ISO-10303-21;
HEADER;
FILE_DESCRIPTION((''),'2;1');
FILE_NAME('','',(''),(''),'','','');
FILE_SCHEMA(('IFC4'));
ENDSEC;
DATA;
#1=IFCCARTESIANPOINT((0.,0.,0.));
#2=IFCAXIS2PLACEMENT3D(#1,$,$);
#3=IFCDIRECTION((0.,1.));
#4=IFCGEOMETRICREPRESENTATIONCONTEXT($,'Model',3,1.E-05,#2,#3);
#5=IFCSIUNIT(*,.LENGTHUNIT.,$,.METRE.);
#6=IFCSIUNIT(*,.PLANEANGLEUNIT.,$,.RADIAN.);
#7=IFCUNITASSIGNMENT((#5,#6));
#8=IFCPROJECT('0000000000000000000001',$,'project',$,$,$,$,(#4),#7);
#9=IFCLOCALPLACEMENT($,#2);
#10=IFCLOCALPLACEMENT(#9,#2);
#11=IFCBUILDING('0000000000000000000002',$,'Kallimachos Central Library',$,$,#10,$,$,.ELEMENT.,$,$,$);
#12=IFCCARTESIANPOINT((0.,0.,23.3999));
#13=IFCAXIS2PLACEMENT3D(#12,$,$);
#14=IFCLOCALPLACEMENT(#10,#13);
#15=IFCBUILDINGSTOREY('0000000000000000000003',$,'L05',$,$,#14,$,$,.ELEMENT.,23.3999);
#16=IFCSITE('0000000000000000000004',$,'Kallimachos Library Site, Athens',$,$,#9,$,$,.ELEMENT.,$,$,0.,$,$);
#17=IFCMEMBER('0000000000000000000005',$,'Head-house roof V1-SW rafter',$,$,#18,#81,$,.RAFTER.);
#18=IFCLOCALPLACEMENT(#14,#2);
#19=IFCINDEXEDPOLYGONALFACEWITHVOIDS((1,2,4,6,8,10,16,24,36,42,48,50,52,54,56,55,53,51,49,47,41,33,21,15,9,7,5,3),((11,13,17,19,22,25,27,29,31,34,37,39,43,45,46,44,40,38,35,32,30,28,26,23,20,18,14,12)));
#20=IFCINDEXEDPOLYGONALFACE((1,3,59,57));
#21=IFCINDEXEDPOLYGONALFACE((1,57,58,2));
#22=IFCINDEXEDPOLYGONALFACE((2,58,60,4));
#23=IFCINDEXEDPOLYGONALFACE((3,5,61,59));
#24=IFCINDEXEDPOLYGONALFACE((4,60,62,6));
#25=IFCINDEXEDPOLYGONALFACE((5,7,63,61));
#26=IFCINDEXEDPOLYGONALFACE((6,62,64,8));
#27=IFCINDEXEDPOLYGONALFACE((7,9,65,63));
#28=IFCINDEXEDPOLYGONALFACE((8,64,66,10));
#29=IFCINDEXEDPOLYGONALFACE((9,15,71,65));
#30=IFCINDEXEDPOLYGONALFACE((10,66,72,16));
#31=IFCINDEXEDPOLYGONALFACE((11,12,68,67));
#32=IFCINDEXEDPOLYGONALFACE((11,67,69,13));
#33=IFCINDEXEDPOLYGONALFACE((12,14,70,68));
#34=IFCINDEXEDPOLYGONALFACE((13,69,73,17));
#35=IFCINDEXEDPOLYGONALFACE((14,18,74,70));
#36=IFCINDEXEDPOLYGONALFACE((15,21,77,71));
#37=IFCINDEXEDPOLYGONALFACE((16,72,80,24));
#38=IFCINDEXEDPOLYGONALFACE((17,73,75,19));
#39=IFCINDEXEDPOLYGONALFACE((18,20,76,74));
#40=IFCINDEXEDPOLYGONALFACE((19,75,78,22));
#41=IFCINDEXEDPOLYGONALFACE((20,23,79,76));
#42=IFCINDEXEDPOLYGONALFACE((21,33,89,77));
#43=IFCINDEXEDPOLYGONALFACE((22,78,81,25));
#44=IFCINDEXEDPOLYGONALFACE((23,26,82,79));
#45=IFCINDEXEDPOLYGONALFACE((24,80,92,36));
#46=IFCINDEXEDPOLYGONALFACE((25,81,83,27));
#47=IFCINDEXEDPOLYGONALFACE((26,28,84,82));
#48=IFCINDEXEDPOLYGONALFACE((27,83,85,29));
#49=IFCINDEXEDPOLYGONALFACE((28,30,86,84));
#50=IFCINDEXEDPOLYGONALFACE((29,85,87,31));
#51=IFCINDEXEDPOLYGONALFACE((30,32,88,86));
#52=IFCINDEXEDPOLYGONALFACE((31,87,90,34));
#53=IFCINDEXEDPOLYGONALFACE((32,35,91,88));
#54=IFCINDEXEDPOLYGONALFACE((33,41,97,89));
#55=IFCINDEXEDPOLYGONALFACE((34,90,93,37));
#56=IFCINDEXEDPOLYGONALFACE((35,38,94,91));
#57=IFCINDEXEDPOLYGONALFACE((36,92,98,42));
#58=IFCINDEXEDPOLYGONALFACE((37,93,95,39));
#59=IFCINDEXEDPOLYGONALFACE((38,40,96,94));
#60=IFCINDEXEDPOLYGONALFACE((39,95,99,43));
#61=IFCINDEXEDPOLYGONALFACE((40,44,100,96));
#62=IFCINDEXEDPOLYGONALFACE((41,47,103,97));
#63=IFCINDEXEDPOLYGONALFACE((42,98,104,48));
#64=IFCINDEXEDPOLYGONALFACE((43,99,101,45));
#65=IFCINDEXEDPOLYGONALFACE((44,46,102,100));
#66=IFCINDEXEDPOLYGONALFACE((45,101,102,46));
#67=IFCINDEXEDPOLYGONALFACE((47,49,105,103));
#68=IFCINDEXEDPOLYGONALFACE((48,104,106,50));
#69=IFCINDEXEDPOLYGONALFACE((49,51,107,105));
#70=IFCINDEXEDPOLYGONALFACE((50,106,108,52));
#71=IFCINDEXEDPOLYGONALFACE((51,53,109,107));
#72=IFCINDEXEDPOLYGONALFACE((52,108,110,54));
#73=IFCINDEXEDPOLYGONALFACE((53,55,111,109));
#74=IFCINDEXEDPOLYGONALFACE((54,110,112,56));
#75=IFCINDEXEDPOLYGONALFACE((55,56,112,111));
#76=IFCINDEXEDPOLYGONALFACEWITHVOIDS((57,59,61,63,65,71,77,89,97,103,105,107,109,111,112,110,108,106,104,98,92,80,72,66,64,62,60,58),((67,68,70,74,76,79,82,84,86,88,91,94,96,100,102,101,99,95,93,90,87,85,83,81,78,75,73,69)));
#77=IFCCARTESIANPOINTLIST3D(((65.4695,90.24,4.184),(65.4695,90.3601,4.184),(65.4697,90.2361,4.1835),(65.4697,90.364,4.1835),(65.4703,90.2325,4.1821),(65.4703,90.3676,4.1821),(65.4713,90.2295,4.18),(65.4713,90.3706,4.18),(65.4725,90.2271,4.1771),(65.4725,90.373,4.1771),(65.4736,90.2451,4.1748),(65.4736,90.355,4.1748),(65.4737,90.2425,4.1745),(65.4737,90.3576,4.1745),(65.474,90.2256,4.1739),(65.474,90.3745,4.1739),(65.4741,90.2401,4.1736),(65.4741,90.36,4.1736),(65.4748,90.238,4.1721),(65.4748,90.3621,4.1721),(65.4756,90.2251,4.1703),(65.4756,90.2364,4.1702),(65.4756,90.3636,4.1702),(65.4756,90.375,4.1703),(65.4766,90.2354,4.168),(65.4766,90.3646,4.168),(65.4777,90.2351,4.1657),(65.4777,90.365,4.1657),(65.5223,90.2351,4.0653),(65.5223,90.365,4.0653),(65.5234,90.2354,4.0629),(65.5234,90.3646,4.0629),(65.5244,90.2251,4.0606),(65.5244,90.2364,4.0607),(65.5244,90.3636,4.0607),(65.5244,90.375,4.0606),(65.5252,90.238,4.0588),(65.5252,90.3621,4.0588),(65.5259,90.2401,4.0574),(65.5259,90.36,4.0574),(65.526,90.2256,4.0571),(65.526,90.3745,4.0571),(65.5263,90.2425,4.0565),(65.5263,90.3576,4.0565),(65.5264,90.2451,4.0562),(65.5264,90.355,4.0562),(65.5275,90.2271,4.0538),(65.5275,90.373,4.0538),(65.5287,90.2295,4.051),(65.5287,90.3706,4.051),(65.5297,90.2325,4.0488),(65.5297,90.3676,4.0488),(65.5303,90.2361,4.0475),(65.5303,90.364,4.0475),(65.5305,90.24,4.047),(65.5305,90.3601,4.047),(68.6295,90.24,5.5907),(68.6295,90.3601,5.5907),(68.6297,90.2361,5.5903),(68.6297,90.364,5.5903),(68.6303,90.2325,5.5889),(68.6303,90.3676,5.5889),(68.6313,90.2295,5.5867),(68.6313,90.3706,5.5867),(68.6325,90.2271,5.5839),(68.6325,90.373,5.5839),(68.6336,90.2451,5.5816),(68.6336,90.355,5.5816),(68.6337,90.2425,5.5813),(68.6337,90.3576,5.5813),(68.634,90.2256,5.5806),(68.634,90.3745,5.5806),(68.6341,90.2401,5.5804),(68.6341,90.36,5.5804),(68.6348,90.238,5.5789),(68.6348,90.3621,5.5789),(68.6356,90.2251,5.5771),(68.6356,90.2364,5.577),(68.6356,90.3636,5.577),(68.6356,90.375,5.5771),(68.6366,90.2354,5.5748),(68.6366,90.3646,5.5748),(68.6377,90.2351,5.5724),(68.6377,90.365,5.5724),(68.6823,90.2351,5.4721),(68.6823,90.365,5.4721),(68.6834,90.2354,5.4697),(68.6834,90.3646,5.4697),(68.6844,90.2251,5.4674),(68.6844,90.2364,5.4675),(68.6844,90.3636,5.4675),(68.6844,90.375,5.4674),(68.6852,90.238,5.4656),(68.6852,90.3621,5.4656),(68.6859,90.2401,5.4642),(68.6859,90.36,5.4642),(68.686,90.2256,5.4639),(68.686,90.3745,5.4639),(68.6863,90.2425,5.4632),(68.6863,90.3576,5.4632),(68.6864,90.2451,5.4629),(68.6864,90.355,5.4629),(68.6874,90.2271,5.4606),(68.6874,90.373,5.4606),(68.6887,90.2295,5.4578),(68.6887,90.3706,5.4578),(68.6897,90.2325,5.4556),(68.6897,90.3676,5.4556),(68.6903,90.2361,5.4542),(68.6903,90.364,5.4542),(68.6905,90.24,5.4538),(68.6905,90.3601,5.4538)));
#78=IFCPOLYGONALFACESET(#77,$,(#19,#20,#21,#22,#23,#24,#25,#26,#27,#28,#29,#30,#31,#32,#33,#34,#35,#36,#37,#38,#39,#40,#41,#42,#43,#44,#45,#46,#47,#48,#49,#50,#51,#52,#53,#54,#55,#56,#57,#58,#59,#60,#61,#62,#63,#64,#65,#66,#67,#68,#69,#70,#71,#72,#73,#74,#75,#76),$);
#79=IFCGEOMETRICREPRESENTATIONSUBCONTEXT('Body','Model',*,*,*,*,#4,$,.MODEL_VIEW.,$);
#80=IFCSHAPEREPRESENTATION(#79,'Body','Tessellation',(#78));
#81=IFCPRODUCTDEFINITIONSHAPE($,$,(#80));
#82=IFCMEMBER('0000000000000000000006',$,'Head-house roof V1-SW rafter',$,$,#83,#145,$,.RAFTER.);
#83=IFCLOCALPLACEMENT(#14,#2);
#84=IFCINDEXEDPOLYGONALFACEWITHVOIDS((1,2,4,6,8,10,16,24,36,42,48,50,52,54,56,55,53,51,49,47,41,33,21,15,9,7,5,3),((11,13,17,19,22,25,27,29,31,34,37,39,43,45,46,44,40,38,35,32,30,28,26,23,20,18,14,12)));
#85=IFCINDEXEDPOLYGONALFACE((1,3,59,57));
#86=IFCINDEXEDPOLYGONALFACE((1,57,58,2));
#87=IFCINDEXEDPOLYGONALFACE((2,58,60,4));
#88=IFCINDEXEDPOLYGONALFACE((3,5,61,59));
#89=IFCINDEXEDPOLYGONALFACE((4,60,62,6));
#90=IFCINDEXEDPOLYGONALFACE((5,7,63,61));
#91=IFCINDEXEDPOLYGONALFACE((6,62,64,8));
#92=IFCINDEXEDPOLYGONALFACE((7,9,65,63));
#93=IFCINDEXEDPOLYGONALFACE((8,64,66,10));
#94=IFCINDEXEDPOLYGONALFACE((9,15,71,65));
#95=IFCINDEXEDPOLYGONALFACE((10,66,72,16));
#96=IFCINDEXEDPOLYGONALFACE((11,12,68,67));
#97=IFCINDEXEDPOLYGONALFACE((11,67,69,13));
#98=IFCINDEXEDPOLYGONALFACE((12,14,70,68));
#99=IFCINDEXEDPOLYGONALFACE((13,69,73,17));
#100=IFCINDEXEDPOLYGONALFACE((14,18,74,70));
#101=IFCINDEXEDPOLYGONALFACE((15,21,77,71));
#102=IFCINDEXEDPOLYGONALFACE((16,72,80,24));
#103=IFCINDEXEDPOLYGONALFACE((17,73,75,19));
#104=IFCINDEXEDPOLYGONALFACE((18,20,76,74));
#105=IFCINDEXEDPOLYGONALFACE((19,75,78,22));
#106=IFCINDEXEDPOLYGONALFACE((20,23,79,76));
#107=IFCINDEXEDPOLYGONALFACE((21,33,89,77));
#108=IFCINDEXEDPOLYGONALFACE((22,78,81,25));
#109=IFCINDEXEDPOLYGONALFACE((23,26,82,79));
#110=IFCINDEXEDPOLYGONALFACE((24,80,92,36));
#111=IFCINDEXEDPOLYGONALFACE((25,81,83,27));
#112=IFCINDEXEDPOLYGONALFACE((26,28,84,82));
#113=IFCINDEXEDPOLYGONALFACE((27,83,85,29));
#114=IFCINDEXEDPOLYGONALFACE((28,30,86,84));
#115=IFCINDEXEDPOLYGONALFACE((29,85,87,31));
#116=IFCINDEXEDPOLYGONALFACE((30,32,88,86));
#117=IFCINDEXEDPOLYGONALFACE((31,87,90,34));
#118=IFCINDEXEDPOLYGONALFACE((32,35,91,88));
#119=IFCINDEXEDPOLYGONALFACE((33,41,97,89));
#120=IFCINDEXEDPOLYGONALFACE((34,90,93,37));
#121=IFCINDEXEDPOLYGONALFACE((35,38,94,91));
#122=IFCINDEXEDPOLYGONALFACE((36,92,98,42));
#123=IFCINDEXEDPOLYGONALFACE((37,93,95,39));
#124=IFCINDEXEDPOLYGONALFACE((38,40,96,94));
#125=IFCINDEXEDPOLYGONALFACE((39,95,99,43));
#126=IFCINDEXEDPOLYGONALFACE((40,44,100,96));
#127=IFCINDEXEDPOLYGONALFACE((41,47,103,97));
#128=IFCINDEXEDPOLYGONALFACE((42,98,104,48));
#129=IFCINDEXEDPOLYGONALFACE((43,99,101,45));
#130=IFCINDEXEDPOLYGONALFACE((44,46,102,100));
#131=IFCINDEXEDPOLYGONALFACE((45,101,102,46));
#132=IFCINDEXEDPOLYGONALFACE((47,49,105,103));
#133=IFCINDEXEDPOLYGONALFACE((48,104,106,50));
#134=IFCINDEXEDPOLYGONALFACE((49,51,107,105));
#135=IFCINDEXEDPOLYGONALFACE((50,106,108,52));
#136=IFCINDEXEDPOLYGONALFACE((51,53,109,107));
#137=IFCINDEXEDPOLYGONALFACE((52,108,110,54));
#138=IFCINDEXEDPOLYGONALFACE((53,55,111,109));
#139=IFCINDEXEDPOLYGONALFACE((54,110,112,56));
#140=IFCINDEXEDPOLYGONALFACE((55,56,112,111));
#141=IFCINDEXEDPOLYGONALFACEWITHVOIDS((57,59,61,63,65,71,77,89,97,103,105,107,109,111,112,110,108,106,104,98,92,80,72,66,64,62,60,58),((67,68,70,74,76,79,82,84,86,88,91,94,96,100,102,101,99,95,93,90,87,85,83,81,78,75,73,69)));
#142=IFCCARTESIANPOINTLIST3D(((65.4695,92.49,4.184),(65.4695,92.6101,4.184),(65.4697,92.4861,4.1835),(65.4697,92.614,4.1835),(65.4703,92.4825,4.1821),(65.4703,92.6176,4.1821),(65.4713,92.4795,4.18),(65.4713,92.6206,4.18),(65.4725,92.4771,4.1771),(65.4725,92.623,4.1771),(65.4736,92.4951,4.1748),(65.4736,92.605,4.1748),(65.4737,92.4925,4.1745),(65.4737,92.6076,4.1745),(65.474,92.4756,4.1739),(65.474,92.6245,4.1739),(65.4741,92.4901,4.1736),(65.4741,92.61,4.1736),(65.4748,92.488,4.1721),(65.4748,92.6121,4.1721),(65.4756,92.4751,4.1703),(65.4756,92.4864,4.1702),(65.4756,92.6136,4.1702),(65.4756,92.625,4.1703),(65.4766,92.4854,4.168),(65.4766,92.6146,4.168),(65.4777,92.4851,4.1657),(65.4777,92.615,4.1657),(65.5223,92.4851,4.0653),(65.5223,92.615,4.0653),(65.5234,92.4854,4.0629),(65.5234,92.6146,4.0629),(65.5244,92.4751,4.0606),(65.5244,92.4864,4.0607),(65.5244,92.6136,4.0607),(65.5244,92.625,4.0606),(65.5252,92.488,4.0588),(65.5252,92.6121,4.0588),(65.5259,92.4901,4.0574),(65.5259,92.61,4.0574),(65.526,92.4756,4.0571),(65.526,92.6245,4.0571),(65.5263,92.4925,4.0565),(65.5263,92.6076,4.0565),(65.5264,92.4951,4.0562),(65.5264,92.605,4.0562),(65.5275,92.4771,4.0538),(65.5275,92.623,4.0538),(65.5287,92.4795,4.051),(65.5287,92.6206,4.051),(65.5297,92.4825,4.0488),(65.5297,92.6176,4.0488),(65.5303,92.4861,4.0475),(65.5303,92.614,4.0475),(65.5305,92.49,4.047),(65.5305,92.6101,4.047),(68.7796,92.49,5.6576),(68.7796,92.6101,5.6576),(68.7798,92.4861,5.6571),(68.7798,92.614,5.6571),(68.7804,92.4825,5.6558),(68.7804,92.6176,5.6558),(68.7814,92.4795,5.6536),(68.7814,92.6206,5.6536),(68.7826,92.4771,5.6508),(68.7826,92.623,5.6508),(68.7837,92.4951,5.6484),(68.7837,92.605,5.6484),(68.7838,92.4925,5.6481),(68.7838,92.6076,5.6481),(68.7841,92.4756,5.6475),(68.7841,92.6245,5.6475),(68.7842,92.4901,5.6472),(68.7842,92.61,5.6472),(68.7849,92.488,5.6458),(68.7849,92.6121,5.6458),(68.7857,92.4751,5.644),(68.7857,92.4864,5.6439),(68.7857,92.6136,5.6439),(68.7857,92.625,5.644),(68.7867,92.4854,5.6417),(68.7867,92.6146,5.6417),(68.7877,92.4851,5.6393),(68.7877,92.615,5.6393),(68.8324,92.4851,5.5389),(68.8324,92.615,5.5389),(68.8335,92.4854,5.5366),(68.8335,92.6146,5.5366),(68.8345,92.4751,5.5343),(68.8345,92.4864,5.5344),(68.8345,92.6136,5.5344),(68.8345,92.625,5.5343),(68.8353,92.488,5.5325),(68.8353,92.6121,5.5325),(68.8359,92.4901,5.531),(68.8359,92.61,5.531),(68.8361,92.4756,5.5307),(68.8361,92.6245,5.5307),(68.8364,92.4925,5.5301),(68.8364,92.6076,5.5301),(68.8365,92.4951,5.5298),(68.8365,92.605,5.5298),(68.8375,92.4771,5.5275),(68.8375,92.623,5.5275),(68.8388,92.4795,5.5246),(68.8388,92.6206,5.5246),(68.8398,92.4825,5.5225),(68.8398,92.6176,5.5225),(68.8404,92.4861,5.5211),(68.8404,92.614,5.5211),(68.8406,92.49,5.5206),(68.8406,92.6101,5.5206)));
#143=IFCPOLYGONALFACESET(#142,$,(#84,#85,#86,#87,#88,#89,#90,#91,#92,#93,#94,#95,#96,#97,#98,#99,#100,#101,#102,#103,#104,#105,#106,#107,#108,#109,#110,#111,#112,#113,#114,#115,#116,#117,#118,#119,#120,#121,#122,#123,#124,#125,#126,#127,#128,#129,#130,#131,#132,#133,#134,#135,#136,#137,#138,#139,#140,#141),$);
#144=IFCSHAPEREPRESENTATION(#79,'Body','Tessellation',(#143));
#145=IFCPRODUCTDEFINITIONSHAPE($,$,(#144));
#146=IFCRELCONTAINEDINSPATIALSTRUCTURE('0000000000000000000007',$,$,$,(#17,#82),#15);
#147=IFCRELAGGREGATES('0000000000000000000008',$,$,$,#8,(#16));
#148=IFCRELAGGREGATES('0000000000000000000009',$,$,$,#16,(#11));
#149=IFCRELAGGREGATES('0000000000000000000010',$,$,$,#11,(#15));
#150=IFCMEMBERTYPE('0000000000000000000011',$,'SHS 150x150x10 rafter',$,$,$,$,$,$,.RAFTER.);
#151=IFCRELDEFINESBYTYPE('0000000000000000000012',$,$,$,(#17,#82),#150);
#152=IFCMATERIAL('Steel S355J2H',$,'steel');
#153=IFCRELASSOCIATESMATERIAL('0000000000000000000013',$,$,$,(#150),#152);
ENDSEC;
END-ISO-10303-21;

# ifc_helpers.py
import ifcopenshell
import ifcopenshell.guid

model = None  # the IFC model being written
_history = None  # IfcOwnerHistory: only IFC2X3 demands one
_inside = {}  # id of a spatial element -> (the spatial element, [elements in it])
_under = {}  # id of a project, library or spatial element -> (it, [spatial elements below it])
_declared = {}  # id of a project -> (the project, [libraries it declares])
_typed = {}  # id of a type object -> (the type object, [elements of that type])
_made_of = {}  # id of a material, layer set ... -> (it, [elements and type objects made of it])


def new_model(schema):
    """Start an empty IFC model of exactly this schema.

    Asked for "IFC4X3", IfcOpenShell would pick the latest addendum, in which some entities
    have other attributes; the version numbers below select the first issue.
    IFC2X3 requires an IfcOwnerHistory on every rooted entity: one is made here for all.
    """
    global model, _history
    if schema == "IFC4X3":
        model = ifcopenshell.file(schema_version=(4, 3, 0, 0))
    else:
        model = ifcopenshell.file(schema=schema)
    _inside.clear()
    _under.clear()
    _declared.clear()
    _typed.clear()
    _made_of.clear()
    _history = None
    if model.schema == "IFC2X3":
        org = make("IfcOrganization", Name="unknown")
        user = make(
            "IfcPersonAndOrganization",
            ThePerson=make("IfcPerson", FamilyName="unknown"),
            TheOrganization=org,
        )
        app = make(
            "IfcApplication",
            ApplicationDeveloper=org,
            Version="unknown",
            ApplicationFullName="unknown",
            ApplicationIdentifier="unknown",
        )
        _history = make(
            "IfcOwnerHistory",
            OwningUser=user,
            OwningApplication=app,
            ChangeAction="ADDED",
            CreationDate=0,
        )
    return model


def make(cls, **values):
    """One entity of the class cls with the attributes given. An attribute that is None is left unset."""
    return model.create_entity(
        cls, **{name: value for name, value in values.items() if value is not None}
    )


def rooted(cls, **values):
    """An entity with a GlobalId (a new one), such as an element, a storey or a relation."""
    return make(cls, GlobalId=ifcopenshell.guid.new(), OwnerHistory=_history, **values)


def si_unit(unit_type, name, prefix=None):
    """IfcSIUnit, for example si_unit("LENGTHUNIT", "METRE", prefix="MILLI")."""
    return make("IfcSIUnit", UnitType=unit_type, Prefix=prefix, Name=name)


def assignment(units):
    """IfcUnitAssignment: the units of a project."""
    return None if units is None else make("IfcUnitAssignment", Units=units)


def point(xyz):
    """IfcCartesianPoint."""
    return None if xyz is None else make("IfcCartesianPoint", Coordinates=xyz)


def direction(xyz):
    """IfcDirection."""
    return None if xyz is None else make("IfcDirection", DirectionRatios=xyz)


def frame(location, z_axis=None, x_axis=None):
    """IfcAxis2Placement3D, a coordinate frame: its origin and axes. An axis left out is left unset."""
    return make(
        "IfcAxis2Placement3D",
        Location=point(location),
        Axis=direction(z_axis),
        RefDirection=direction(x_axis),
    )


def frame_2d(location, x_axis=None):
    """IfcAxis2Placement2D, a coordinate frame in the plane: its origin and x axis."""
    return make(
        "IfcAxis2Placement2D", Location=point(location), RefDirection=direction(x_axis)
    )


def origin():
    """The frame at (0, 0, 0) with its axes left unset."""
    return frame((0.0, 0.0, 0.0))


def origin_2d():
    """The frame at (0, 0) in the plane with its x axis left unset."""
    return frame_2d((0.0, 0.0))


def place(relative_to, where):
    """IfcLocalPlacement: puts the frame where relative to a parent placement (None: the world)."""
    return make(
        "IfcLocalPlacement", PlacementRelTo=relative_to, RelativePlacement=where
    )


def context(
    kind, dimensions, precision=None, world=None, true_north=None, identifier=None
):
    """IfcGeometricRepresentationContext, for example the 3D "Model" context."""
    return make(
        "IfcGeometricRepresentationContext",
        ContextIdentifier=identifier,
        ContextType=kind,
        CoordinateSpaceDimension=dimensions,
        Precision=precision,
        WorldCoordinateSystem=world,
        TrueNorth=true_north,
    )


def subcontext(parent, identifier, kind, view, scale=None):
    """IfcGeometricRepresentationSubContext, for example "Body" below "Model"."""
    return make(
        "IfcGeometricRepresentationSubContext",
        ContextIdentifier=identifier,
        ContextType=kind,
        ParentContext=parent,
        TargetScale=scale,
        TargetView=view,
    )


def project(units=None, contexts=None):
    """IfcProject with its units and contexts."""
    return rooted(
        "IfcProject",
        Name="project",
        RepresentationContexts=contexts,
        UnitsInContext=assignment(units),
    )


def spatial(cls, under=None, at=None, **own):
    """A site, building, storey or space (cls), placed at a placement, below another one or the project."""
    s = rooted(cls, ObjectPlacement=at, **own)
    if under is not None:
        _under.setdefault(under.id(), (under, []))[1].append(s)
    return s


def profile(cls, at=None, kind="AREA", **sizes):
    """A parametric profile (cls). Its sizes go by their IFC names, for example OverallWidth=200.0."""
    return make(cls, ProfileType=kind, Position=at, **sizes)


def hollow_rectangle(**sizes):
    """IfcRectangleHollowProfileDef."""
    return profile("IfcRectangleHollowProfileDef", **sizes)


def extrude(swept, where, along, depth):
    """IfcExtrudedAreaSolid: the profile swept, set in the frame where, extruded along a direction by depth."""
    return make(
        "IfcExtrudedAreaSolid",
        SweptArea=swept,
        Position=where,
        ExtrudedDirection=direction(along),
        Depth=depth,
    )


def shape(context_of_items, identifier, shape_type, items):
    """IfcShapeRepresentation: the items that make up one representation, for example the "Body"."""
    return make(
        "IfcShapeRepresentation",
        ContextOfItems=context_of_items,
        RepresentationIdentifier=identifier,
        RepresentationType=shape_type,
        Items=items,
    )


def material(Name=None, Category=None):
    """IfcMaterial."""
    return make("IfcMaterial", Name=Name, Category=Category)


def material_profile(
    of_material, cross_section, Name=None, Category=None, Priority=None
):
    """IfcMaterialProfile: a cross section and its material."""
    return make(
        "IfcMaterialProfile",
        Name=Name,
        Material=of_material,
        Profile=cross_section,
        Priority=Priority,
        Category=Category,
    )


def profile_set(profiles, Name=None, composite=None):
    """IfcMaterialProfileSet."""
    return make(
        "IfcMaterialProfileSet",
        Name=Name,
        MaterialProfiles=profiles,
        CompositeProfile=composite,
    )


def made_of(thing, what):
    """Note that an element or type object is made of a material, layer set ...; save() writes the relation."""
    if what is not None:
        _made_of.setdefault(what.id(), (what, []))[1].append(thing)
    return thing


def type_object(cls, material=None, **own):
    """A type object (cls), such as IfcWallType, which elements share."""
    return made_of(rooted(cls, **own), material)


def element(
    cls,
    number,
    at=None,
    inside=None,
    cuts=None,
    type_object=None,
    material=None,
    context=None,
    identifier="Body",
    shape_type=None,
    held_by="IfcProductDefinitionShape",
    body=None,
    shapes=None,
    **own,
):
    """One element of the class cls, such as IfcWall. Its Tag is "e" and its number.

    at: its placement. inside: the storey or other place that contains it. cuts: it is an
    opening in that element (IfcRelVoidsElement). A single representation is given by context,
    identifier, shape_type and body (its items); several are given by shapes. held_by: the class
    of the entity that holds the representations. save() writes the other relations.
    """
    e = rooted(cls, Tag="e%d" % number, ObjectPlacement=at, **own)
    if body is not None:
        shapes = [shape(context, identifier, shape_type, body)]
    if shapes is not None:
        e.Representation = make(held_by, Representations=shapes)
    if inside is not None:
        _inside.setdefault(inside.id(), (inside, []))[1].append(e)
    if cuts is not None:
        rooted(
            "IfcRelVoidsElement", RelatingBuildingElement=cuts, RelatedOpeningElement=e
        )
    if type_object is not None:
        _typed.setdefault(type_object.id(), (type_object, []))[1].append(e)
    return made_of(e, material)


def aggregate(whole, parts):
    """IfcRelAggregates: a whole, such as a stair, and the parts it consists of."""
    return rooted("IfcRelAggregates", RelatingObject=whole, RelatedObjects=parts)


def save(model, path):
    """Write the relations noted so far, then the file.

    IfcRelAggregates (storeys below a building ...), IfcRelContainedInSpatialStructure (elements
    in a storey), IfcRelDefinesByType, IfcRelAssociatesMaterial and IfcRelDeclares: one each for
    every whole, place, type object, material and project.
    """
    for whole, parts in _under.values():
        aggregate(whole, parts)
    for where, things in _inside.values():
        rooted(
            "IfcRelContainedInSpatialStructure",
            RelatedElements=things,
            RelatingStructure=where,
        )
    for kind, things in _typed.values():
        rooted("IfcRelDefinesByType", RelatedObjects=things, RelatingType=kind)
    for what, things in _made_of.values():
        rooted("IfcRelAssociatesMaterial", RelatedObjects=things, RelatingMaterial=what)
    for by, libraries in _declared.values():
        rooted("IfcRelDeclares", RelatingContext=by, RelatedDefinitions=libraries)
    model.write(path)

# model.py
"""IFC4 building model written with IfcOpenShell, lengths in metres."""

from ifc_helpers import new_model, si_unit, direction, frame, origin, origin_2d, place, context, subcontext, project, spatial, hollow_rectangle, extrude, material, material_profile, profile_set, type_object, element, save


model = new_model("IFC4")

# Units and contexts
model_context = context("Model", 3, precision=1e-05, world=origin(), true_north=direction((0.0, 1.0)))
body_context = subcontext(model_context, "Body", "Model", "MODEL_VIEW")
ifc_project = project(units=[si_unit("LENGTHUNIT", "METRE"), si_unit("PLANEANGLEUNIT", "RADIAN")], contexts=[model_context])

# Site, building, storey
site_placement = place(None, origin())
site = spatial("IfcSite", under=ifc_project, at=site_placement, Name="Kallimachos Library Site, Athens", CompositionType="ELEMENT", RefElevation=0.0)
building_placement = place(site_placement, origin())
building = spatial("IfcBuilding", under=site, at=building_placement, Name="Kallimachos Central Library", CompositionType="ELEMENT")
storey_placement = place(building_placement, frame((0.0, 0.0, 23.3999)))
storey = spatial("IfcBuildingStorey", under=building, at=storey_placement, Name="L05", CompositionType="ELEMENT", Elevation=23.3999)

# Members
ifc_material_1 = material(Name="Steel S355J2H", Category="steel")
ifc_material_profile_1 = material_profile(ifc_material_1, hollow_rectangle(XDim=0.1499, YDim=0.1499, WallThickness=0.01, InnerFilletRadius=0.01, OuterFilletRadius=0.0149, at=origin_2d()), Name="SHS 150x150x10")
ifc_profile_set_1 = profile_set([ifc_material_profile_1], Name="Steel S355J2H")
member_type_1 = type_object("IfcMemberType", Name="SHS 150x150x10 rafter", PredefinedType="RAFTER", material=ifc_profile_set_1)
member_1_placement = place(storey_placement, frame((65.5, 90.3, 4.1155), z_axis=(0.913561, 0.0, 0.406702), x_axis=(0.0, 1.0, 0.0)))
element("IfcMember", 1, at=member_1_placement, inside=storey, type_object=member_type_1, Name="Head-house roof V1-SW rafter", PredefinedType="RAFTER", context=body_context, shape_type="SweptSolid", body=[
    extrude(hollow_rectangle(XDim=0.1499, YDim=0.1499, WallThickness=0.01, InnerFilletRadius=0.01, OuterFilletRadius=0.0149, at=origin_2d()), origin(), (0.0, 0.0, 1.0), 3.459),
])
member_2_placement = place(storey_placement, frame((65.5, 92.55, 4.1155), z_axis=(0.913556, 0.0, 0.406714), x_axis=(0.0, 1.0, 0.0)))
element("IfcMember", 2, at=member_2_placement, inside=storey, type_object=member_type_1, Name="Head-house roof V1-SW rafter", PredefinedType="RAFTER", context=body_context, shape_type="SweptSolid", body=[
    extrude(hollow_rectangle(XDim=0.1499, YDim=0.1499, WallThickness=0.01, InnerFilletRadius=0.01, OuterFilletRadius=0.0149, at=origin_2d()), origin(), (0.0, 0.0, 1.0), 3.6233),
])

save(model, "model.ifc")
